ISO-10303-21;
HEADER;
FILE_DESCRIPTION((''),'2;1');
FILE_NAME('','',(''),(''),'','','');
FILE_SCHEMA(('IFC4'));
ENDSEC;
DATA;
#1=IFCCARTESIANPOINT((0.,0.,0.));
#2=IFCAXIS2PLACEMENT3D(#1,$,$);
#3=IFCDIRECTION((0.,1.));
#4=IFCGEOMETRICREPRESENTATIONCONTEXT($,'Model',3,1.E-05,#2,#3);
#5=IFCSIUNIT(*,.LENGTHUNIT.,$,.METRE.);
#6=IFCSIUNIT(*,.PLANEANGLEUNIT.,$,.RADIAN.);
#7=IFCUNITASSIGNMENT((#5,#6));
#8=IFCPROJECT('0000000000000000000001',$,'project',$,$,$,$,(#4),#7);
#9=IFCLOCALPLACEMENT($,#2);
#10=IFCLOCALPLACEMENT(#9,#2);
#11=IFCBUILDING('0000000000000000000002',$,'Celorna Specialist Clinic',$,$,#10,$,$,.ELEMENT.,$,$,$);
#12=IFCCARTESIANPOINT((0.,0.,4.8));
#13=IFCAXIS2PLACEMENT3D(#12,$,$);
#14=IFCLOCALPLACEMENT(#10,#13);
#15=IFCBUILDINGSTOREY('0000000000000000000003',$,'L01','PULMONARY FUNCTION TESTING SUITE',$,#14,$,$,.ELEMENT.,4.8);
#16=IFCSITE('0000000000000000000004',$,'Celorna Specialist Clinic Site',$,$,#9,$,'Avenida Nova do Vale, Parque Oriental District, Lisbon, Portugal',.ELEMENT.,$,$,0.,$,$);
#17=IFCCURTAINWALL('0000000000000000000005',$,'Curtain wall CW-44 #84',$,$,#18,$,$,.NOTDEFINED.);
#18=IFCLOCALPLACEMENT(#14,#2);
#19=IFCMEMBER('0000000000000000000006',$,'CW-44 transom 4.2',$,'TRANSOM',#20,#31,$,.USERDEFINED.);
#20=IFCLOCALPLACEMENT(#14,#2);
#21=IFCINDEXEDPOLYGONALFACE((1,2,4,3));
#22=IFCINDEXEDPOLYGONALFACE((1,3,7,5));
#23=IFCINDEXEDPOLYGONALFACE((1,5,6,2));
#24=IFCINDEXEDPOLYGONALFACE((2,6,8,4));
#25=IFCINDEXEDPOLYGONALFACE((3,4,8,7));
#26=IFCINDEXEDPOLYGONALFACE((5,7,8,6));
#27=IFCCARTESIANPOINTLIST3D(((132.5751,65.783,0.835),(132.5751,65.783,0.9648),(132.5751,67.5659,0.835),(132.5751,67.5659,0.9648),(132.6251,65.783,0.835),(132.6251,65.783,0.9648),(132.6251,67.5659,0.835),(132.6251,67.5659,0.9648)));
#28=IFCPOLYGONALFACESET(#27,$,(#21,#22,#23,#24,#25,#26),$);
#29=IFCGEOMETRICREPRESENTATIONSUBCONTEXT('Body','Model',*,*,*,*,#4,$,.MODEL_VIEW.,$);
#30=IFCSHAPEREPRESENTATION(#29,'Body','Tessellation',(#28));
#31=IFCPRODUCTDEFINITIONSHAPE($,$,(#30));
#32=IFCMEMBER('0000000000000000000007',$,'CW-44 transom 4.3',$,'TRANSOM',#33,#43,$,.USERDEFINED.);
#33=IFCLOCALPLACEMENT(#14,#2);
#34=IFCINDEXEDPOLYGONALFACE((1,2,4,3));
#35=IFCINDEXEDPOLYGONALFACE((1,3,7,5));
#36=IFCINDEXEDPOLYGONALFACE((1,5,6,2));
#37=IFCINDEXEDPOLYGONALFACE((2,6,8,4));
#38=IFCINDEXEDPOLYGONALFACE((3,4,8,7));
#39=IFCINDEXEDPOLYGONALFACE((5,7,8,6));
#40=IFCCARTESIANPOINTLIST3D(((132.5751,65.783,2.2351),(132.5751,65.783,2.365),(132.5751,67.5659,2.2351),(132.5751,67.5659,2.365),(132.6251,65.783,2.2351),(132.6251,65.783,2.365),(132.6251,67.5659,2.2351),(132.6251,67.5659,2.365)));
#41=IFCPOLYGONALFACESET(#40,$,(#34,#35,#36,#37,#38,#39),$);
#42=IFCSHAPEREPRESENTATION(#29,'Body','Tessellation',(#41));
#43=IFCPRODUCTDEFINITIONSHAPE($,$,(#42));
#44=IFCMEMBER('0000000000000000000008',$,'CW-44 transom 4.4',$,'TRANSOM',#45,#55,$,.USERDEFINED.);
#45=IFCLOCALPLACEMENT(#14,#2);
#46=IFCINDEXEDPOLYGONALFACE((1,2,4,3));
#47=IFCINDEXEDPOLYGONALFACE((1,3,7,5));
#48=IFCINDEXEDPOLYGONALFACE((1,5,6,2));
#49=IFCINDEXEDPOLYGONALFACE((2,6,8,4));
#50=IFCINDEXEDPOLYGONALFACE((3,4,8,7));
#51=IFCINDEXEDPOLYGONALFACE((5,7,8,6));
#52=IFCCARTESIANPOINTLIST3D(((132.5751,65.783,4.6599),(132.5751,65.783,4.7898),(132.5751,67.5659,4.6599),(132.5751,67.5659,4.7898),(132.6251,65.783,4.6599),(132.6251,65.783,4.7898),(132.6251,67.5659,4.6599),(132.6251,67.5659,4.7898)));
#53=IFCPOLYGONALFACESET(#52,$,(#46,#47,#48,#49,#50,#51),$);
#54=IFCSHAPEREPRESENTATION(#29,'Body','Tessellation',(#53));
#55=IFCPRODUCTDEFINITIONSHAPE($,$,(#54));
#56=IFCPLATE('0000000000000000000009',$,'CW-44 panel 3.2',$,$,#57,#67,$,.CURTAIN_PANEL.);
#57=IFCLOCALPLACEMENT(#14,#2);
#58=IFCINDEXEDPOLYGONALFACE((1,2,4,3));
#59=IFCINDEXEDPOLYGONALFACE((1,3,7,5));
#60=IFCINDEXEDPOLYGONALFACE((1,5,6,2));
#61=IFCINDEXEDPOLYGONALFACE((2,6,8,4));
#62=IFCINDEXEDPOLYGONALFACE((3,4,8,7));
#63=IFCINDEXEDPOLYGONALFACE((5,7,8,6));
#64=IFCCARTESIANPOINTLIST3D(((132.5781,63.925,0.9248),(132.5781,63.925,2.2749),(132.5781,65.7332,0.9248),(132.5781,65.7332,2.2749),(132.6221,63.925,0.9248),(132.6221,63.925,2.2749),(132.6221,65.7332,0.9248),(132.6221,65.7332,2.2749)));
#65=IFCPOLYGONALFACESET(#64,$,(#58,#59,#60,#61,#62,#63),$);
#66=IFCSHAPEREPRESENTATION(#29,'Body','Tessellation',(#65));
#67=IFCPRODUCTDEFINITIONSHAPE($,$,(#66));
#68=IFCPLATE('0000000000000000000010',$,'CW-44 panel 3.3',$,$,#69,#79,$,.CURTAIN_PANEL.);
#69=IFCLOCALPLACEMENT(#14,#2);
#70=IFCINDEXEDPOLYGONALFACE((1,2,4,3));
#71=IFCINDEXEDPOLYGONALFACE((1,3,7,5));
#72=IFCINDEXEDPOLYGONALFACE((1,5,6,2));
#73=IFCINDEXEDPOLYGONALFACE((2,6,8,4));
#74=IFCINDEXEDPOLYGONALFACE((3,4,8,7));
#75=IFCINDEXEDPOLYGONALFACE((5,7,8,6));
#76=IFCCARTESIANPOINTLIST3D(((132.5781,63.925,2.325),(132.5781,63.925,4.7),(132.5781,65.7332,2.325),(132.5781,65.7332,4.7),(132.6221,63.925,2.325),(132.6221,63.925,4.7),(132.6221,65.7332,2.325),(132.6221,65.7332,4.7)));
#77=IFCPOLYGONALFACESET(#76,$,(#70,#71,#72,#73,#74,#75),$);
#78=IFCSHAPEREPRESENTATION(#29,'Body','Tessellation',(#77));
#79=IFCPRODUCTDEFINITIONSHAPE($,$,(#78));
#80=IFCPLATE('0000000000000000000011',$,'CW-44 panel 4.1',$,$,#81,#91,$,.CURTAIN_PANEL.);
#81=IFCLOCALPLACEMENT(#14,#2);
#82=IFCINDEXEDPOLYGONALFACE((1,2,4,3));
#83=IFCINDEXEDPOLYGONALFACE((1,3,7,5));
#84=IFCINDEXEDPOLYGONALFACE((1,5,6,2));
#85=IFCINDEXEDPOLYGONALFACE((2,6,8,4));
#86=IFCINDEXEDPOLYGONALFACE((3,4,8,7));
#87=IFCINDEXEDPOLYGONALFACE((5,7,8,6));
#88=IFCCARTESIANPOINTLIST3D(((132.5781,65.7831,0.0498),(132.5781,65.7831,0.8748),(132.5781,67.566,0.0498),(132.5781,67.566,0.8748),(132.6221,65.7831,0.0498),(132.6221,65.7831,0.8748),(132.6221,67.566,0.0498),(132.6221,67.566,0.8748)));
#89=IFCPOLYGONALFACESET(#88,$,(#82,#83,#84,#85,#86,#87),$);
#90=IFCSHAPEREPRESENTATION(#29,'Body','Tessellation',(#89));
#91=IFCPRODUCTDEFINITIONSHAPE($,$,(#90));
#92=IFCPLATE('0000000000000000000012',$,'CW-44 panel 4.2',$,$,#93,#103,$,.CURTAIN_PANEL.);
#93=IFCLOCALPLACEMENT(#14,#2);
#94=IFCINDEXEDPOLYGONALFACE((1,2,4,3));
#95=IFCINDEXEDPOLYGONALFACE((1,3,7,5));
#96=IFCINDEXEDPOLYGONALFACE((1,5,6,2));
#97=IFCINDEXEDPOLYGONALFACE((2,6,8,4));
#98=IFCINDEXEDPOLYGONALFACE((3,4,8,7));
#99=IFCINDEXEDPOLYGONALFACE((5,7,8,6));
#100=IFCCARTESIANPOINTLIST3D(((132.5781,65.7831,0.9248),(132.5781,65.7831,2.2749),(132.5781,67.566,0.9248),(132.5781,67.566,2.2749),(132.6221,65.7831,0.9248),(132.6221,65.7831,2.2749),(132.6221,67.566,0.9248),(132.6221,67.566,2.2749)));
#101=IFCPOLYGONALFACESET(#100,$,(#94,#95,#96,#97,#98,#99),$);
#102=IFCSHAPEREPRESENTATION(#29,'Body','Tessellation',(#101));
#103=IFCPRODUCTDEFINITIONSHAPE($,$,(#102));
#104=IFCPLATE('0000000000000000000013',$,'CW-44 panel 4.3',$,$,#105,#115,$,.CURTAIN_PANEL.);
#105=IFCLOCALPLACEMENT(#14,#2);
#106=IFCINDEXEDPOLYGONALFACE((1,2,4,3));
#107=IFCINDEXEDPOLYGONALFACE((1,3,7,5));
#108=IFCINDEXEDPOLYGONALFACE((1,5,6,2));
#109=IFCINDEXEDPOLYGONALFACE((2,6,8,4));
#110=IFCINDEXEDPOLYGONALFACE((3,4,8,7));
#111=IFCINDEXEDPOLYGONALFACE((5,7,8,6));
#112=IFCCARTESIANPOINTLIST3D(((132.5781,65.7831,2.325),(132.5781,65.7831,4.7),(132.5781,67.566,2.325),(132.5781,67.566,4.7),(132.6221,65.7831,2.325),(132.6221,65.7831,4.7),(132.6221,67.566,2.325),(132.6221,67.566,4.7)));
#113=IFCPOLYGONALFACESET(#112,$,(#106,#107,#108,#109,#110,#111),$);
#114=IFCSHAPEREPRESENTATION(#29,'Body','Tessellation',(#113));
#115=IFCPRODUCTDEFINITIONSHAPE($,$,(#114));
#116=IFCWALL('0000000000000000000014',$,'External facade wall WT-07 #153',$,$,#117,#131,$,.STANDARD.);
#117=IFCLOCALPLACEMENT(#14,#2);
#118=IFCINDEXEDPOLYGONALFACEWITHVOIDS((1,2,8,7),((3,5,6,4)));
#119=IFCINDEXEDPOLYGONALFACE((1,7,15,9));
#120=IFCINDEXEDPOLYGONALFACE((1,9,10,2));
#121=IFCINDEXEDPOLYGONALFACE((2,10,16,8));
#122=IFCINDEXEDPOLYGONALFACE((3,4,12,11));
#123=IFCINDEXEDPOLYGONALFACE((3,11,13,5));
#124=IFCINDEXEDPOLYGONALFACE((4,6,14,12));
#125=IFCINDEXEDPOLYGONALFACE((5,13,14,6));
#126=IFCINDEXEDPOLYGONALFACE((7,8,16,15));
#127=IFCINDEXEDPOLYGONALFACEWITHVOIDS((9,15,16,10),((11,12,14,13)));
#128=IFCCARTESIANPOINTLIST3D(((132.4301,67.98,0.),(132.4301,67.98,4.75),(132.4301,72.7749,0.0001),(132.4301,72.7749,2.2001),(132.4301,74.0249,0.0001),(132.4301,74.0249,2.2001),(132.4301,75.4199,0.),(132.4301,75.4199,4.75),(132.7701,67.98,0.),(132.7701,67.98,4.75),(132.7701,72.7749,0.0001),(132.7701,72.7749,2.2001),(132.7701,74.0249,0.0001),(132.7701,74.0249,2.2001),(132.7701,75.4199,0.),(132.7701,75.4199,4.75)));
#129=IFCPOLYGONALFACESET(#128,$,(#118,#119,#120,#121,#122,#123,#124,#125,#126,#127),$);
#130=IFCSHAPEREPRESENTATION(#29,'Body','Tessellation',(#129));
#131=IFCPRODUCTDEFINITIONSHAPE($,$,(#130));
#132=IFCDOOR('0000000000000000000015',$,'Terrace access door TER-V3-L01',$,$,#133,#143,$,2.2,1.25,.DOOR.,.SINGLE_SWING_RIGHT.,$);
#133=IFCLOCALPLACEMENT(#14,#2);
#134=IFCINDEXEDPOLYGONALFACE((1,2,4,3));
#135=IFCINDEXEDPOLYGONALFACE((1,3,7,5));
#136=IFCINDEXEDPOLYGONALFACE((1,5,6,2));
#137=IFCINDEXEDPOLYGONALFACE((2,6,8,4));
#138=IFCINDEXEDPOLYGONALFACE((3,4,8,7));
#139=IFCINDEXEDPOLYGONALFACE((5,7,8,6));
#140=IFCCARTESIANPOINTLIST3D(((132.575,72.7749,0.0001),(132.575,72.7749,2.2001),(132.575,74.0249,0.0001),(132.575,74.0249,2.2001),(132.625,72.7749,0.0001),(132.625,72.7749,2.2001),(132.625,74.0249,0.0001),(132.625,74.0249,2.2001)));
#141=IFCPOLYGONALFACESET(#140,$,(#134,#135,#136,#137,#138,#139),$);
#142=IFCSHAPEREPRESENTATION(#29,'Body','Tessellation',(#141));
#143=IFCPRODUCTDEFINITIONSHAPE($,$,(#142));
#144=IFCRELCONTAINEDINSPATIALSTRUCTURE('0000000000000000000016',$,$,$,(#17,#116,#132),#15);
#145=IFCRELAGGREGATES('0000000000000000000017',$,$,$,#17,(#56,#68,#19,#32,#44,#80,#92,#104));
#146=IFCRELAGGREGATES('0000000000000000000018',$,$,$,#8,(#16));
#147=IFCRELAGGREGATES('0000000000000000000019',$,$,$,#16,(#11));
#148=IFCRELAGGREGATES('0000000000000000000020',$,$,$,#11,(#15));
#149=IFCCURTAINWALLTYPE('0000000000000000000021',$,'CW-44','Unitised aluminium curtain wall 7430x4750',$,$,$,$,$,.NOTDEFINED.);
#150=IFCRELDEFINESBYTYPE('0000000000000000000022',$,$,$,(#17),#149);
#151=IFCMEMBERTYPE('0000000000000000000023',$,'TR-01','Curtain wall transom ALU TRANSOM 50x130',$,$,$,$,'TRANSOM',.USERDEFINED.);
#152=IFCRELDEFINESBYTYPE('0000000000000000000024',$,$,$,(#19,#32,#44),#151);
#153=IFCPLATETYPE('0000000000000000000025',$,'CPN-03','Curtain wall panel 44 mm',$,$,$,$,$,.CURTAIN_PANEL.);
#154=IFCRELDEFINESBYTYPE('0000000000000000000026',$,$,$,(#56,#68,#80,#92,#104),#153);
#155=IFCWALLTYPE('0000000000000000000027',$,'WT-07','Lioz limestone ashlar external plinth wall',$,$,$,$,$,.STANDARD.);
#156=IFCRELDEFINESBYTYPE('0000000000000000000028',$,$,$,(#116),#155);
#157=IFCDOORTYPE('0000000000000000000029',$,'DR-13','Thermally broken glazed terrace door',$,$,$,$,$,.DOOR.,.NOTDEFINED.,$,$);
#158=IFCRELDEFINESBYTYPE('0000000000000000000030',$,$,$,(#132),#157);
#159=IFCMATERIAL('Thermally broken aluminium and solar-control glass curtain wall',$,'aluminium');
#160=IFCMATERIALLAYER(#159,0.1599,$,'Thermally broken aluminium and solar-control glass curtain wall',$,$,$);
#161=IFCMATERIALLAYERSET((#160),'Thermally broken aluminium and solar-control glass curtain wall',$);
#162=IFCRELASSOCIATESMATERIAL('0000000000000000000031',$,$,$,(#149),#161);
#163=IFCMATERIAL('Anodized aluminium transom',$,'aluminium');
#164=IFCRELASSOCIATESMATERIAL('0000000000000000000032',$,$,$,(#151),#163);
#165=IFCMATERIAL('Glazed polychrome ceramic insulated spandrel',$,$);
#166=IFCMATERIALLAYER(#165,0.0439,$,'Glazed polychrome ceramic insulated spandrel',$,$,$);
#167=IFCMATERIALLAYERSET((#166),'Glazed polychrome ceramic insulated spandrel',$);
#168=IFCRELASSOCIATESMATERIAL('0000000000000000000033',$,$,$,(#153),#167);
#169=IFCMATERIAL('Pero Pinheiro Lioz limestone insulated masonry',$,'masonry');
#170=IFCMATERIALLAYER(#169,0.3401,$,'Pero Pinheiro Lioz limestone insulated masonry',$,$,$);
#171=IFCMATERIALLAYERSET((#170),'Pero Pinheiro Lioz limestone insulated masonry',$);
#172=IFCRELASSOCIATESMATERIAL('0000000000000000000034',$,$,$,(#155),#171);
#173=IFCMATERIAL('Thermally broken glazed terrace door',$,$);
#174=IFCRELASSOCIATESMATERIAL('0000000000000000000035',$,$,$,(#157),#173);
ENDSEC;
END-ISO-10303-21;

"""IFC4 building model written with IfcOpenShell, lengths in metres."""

from ifc_helpers import new_model, si_unit, direction, frame, frame_2d, origin, origin_2d, place, context, subcontext, project, spatial, rectangle, extrude, material, layer, layer_set, material_profile, profile_set, type_object, element, fill, aggregate, save


model = new_model("IFC4")

# Units and contexts
model_context = context("Model", 3, precision=1e-05, world=origin(), true_north=direction((0.0, 1.0)))
body_context = subcontext(model_context, "Body", "Model", "MODEL_VIEW")
ifc_project = project(units=[si_unit("LENGTHUNIT", "METRE"), si_unit("PLANEANGLEUNIT", "RADIAN")], contexts=[model_context])

# Site, building, storey
site_placement = place(None, origin())
site = spatial("IfcSite", under=ifc_project, at=site_placement, Name="Celorna Specialist Clinic Site", LongName="Avenida Nova do Vale, Parque Oriental District, Lisbon, Portugal", CompositionType="ELEMENT", RefElevation=0.0)
building_placement = place(site_placement, origin())
building = spatial("IfcBuilding", under=site, at=building_placement, Name="Celorna Specialist Clinic", CompositionType="ELEMENT")
storey_placement = place(building_placement, frame((0.0, 0.0, 4.8)))
storey = spatial("IfcBuildingStorey", under=building, at=storey_placement, Name="L01", Description="PULMONARY FUNCTION TESTING SUITE", CompositionType="ELEMENT", Elevation=4.8)

# Curtain wall, members, plates
ifc_material_1 = material(Name="Thermally broken aluminium and solar-control glass curtain wall", Category="aluminium")
ifc_layer_1 = layer(ifc_material_1, 0.1599, Name="Thermally broken aluminium and solar-control glass curtain wall")
ifc_layer_set_1 = layer_set([ifc_layer_1], Name="Thermally broken aluminium and solar-control glass curtain wall")
curtain_wall_type = type_object("IfcCurtainWallType", Name="CW-44", Description="Unitised aluminium curtain wall 7430x4750", PredefinedType="NOTDEFINED", material=ifc_layer_set_1)
curtain_wall_placement = place(storey_placement, origin())
curtain_wall = element("IfcCurtainWall", 1, at=curtain_wall_placement, inside=storey, type_object=curtain_wall_type, Name="Curtain wall CW-44 #84", PredefinedType="NOTDEFINED")
ifc_material_2 = material(Name="Anodized aluminium transom", Category="aluminium")
ifc_material_profile_1 = material_profile(ifc_material_2, rectangle(XDim=0.05, YDim=0.1299, at=origin_2d()), Name="ALU TRANSOM 50x130")
ifc_profile_set_1 = profile_set([ifc_material_profile_1], Name="Anodized aluminium transom")
member_type_1 = type_object("IfcMemberType", Name="TR-01", Description="Curtain wall transom ALU TRANSOM 50x130", ElementType="TRANSOM", PredefinedType="USERDEFINED", material=ifc_profile_set_1)
member_1_placement = place(storey_placement, frame((132.6001, 65.783, 0.8999), z_axis=(0.0, 1.0, 0.0), x_axis=(-1.0, 0.0, 0.0)))
member_1 = element("IfcMember", 2, at=member_1_placement, type_object=member_type_1, Name="CW-44 transom 4.2", ObjectType="TRANSOM", PredefinedType="USERDEFINED", context=body_context, shape_type="SweptSolid", body=[
    extrude(rectangle(XDim=0.05, YDim=0.1299, at=origin_2d()), origin(), (0.0, 0.0, 1.0), 1.783),
])
member_2_placement = place(storey_placement, frame((132.6001, 65.783, 2.3), z_axis=(0.0, 1.0, 0.0), x_axis=(-1.0, 0.0, 0.0)))
member_2 = element("IfcMember", 3, at=member_2_placement, type_object=member_type_1, Name="CW-44 transom 4.3", ObjectType="TRANSOM", PredefinedType="USERDEFINED", context=body_context, shape_type="SweptSolid", body=[
    extrude(rectangle(XDim=0.05, YDim=0.1299, at=origin_2d()), origin(), (0.0, 0.0, 1.0), 1.783),
])
member_3_placement = place(storey_placement, frame((132.6001, 65.783, 4.7249), z_axis=(0.0, 1.0, 0.0), x_axis=(-1.0, 0.0, 0.0)))
member_3 = element("IfcMember", 4, at=member_3_placement, type_object=member_type_1, Name="CW-44 transom 4.4", ObjectType="TRANSOM", PredefinedType="USERDEFINED", context=body_context, shape_type="SweptSolid", body=[
    extrude(rectangle(XDim=0.05, YDim=0.1299, at=origin_2d()), origin(), (0.0, 0.0, 1.0), 1.783),
])
ifc_material_3 = material(Name="Glazed polychrome ceramic insulated spandrel")
ifc_layer_2 = layer(ifc_material_3, 0.0439, Name="Glazed polychrome ceramic insulated spandrel")
ifc_layer_set_2 = layer_set([ifc_layer_2], Name="Glazed polychrome ceramic insulated spandrel")
plate_type = type_object("IfcPlateType", Name="CPN-03", Description="Curtain wall panel 44 mm", PredefinedType="CURTAIN_PANEL", material=ifc_layer_set_2)
plate_1_placement = place(storey_placement, frame((132.6001, 64.8291, 0.9248), z_axis=(0.0, 0.0, 1.0), x_axis=(0.0, 1.0, 0.0)))
plate_1 = element("IfcPlate", 5, at=plate_1_placement, type_object=plate_type, Name="CW-44 panel 3.2", PredefinedType="CURTAIN_PANEL", context=body_context, shape_type="SweptSolid", body=[
    extrude(rectangle(XDim=1.8081, YDim=0.0439, at=origin_2d()), origin(), (0.0, 0.0, 1.0), 1.3501),
])
plate_2_placement = place(storey_placement, frame((132.6001, 64.8291, 2.325), z_axis=(0.0, 0.0, 1.0), x_axis=(0.0, 1.0, 0.0)))
plate_2 = element("IfcPlate", 6, at=plate_2_placement, type_object=plate_type, Name="CW-44 panel 3.3", PredefinedType="CURTAIN_PANEL", context=body_context, shape_type="SweptSolid", body=[
    extrude(rectangle(XDim=1.8081, YDim=0.0439, at=origin_2d()), origin(), (0.0, 0.0, 1.0), 2.375),
])
plate_3_placement = place(storey_placement, frame((132.6001, 66.6746, 0.0498), z_axis=(0.0, 0.0, 1.0), x_axis=(0.0, 1.0, 0.0)))
plate_3 = element("IfcPlate", 7, at=plate_3_placement, type_object=plate_type, Name="CW-44 panel 4.1", PredefinedType="CURTAIN_PANEL", context=body_context, shape_type="SweptSolid", body=[
    extrude(rectangle(XDim=1.783, YDim=0.0439, at=origin_2d()), origin(), (0.0, 0.0, 1.0), 0.825),
])
plate_4_placement = place(storey_placement, frame((132.6001, 66.6746, 0.9248), z_axis=(0.0, 0.0, 1.0), x_axis=(0.0, 1.0, 0.0)))
plate_4 = element("IfcPlate", 8, at=plate_4_placement, type_object=plate_type, Name="CW-44 panel 4.2", PredefinedType="CURTAIN_PANEL", context=body_context, shape_type="SweptSolid", body=[
    extrude(rectangle(XDim=1.783, YDim=0.0439, at=origin_2d()), origin(), (0.0, 0.0, 1.0), 1.3501),
])
plate_5_placement = place(storey_placement, frame((132.6001, 66.6746, 2.325), z_axis=(0.0, 0.0, 1.0), x_axis=(0.0, 1.0, 0.0)))
plate_5 = element("IfcPlate", 9, at=plate_5_placement, type_object=plate_type, Name="CW-44 panel 4.3", PredefinedType="CURTAIN_PANEL", context=body_context, shape_type="SweptSolid", body=[
    extrude(rectangle(XDim=1.783, YDim=0.0439, at=origin_2d()), origin(), (0.0, 0.0, 1.0), 2.375),
])
aggregate(curtain_wall, [plate_1, plate_2, member_1, member_2, member_3, plate_3, plate_4, plate_5])

# Wall, opening, door
ifc_material_4 = material(Name="Pero Pinheiro Lioz limestone insulated masonry", Category="masonry")
ifc_layer_3 = layer(ifc_material_4, 0.3401, Name="Pero Pinheiro Lioz limestone insulated masonry")
ifc_layer_set_3 = layer_set([ifc_layer_3], Name="Pero Pinheiro Lioz limestone insulated masonry")
wall_type = type_object("IfcWallType", Name="WT-07", Description="Lioz limestone ashlar external plinth wall", PredefinedType="STANDARD", material=ifc_layer_set_3)
wall_placement = place(storey_placement, frame((132.6001, 67.98, 0.0), z_axis=(0.0, 0.0, 1.0), x_axis=(0.0, 1.0, 0.0)))
wall = element("IfcWall", 10, at=wall_placement, inside=storey, type_object=wall_type, Name="External facade wall WT-07 #153", PredefinedType="STANDARD", context=body_context, shape_type="SweptSolid", body=[
    extrude(rectangle(XDim=7.4399, YDim=0.3401, at=frame_2d((3.72, 0.0))), origin(), (0.0, 0.0, 1.0), 4.75),
])
opening_placement = place(wall_placement, frame((4.7949, 0.0, 0.0)))
opening = element("IfcOpeningElement", 11, at=opening_placement, cuts=wall, PredefinedType="OPENING", context=body_context, shape_type="SweptSolid", body=[
    extrude(rectangle(XDim=1.25, YDim=2.2, at=frame_2d((0.625, 1.1001))), frame((0.0, 0.1799, 0.0), z_axis=(0.0, -1.0, 0.0), x_axis=(1.0, 0.0, 0.0)), (0.0, 0.0, 1.0), 0.3601),
])
ifc_material_5 = material(Name="Thermally broken glazed terrace door")
door_type = type_object("IfcDoorType", Name="DR-13", Description="Thermally broken glazed terrace door", OperationType="NOTDEFINED", PredefinedType="DOOR", material=ifc_material_5)
door_placement = place(opening_placement, frame((1.25, 0.0, 0.0), z_axis=(0.0, 0.0, 1.0), x_axis=(-1.0, 0.0, 0.0)))
door = element("IfcDoor", 12, at=door_placement, inside=storey, type_object=door_type, Name="Terrace access door TER-V3-L01", OperationType="SINGLE_SWING_RIGHT", OverallHeight=2.2, OverallWidth=1.25, PredefinedType="DOOR", context=body_context, shape_type="SweptSolid", body=[
    extrude(rectangle(XDim=1.25, YDim=2.2, at=frame_2d((0.625, 1.1001))), frame((0.0, 0.0249, 0.0), z_axis=(0.0, -1.0, 0.0), x_axis=(1.0, 0.0, 0.0)), (0.0, 0.0, 1.0), 0.05),
])
fill(opening, door)

save(model, "model.ifc")
